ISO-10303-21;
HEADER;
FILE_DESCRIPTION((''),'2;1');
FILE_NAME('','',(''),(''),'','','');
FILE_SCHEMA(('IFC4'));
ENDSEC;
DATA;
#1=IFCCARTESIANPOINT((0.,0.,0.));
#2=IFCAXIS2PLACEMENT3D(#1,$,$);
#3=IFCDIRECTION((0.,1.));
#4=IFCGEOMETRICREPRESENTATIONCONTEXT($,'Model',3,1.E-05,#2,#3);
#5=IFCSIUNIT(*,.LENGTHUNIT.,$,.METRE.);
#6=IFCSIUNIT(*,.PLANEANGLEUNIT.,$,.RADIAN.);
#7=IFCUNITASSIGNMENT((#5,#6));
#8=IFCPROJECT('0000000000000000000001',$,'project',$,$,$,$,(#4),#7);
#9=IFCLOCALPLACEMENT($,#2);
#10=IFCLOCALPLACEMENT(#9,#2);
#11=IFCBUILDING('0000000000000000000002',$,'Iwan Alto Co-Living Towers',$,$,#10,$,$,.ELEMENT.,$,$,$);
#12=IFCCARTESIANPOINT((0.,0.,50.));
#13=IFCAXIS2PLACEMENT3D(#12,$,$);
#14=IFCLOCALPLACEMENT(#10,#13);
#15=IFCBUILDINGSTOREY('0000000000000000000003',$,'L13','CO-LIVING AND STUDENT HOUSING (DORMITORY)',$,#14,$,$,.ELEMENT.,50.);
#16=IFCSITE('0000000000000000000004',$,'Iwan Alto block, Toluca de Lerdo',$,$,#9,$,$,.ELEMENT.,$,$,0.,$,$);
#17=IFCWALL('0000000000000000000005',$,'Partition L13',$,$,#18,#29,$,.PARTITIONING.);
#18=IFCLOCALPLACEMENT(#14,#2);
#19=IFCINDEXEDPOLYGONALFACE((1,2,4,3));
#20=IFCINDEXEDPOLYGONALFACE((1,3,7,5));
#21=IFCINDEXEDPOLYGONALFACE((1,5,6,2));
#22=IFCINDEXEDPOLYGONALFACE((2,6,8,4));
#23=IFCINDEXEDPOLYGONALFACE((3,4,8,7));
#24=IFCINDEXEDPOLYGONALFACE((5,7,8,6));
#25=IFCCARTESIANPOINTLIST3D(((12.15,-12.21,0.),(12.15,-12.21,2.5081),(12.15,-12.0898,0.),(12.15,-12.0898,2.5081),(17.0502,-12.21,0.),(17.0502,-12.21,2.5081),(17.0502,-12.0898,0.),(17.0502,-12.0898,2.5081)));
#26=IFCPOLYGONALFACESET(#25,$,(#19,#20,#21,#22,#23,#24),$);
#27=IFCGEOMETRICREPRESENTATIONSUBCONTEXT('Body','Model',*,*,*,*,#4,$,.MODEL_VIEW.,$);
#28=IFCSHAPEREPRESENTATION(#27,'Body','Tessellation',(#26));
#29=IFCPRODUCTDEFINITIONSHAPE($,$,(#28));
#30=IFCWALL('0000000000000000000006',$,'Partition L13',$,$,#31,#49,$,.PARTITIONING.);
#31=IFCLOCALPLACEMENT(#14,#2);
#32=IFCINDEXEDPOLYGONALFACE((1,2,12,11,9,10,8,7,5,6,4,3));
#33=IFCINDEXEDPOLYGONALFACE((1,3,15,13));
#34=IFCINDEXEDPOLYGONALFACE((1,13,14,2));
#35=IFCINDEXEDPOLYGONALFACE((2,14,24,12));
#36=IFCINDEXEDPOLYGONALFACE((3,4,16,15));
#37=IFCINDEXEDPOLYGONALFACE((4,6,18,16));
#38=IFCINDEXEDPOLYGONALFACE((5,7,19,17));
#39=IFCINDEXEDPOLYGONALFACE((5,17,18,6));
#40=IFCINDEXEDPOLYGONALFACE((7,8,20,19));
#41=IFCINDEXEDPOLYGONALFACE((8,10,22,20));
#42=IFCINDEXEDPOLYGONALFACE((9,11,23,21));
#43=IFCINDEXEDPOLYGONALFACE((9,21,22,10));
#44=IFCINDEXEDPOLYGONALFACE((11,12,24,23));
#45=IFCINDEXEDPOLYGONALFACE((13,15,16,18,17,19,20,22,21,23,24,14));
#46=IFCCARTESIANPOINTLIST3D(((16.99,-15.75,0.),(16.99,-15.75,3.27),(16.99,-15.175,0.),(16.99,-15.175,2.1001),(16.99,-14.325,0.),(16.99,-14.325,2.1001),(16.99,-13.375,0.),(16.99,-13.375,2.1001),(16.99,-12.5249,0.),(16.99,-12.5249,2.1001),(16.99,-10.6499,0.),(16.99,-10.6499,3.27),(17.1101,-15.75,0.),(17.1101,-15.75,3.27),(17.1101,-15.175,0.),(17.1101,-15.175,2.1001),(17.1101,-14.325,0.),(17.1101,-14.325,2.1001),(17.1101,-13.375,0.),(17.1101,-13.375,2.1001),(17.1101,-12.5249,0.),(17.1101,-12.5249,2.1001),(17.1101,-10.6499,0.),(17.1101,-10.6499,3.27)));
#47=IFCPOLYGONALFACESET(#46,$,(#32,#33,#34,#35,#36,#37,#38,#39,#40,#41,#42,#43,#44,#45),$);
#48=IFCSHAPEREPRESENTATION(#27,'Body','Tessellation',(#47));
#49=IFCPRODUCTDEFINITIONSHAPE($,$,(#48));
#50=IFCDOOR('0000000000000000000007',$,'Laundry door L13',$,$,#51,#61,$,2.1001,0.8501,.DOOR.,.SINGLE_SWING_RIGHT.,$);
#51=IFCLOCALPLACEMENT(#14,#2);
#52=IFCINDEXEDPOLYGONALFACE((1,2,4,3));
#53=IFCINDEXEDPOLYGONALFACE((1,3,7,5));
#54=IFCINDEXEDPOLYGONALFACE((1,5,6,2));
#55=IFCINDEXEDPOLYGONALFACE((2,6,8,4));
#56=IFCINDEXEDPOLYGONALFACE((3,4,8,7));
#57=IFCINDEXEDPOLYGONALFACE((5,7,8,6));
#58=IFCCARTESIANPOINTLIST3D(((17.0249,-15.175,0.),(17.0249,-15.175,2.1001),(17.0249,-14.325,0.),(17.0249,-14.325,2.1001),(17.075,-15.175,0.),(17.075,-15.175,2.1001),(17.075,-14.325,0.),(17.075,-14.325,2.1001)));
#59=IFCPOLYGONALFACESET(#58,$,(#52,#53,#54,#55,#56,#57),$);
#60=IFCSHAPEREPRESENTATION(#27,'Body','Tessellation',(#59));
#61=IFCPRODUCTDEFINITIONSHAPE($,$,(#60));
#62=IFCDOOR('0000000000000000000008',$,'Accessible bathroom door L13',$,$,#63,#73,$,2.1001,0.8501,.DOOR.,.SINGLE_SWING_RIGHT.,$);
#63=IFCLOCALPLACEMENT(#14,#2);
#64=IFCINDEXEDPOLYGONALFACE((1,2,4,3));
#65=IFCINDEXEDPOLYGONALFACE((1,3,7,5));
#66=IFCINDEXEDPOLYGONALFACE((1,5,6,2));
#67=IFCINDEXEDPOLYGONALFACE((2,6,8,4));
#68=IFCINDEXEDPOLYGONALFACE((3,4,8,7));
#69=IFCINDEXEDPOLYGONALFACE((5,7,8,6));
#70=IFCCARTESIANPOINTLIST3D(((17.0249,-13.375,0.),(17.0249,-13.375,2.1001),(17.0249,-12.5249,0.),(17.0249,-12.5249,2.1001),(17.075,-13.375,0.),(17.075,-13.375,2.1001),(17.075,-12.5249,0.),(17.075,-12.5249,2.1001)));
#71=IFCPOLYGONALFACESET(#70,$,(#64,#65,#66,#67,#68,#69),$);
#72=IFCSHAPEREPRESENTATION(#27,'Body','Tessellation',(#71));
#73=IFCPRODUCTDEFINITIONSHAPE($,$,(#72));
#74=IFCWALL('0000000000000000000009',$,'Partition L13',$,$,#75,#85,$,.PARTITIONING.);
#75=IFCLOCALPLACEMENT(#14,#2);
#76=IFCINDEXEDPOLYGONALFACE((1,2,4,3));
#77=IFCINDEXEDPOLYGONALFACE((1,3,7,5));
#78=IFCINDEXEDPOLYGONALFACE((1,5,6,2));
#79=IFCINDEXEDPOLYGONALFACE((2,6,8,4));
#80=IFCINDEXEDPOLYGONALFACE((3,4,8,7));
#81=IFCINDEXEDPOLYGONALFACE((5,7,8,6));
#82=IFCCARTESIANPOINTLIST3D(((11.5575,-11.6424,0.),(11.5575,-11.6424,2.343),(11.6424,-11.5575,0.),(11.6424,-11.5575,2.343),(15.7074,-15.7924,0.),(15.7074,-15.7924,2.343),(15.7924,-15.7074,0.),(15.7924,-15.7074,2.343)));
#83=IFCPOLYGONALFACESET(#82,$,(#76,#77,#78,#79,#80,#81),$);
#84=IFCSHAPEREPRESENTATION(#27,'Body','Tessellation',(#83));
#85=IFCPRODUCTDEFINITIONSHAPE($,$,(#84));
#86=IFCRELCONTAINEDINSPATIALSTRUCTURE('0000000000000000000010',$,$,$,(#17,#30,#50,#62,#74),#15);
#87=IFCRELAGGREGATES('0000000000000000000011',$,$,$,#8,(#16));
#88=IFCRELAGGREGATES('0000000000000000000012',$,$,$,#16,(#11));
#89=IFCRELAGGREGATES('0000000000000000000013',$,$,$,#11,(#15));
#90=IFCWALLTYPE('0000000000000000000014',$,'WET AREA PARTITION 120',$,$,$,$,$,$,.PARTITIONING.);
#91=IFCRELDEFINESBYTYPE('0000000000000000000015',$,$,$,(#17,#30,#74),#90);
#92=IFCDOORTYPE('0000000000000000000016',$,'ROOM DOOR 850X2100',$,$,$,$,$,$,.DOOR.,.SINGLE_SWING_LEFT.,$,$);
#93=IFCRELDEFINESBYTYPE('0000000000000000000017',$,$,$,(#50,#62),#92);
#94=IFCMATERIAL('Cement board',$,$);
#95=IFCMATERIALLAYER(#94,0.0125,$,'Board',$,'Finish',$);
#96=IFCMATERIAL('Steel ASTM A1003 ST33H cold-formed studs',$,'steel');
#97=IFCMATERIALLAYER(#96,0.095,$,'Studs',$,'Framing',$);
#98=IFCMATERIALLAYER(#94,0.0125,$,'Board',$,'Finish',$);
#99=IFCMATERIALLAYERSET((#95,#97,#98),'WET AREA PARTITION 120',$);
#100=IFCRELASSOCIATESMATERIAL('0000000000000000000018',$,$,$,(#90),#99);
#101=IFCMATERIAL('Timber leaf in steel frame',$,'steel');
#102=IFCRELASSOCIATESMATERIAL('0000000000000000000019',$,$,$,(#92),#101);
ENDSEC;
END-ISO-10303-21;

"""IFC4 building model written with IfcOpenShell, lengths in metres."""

from ifc_helpers import new_model, si_unit, direction, frame, frame_2d, origin, place, context, subcontext, project, spatial, rectangle, extrude, material, layer, layer_set, type_object, element, fill, save


model = new_model("IFC4")

# Units and contexts
model_context = context("Model", 3, precision=1e-05, world=origin(), true_north=direction((0.0, 1.0)))
body_context = subcontext(model_context, "Body", "Model", "MODEL_VIEW")
ifc_project = project(units=[si_unit("LENGTHUNIT", "METRE"), si_unit("PLANEANGLEUNIT", "RADIAN")], contexts=[model_context])

# Site, building, storey
site_placement = place(None, origin())
site = spatial("IfcSite", under=ifc_project, at=site_placement, Name="Iwan Alto block, Toluca de Lerdo", CompositionType="ELEMENT", RefElevation=0.0)
building_placement = place(site_placement, origin())
building = spatial("IfcBuilding", under=site, at=building_placement, Name="Iwan Alto Co-Living Towers", CompositionType="ELEMENT")
storey_placement = place(building_placement, frame((0.0, 0.0, 50.0)))
storey = spatial("IfcBuildingStorey", under=building, at=storey_placement, Name="L13", Description="CO-LIVING AND STUDENT HOUSING (DORMITORY)", CompositionType="ELEMENT", Elevation=50.0)

# Shared definitions
ifc_material_1 = material(Name="Steel ASTM A1003 ST33H cold-formed studs", Category="steel")

# Wall
ifc_material_2 = material(Name="Cement board")
ifc_layer_1 = layer(ifc_material_2, 0.0125, Name="Board", Category="Finish")
ifc_layer_2 = layer(ifc_material_1, 0.095, Name="Studs", Category="Framing")
ifc_layer_3 = layer(ifc_material_2, 0.0125, Name="Board", Category="Finish")
ifc_layer_set_1 = layer_set([ifc_layer_1, ifc_layer_2, ifc_layer_3], Name="WET AREA PARTITION 120")
wall_type_1 = type_object("IfcWallType", Name="WET AREA PARTITION 120", PredefinedType="PARTITIONING", material=ifc_layer_set_1)
wall_1_placement = place(storey_placement, frame((12.1499, -12.1499, 0.0), z_axis=(0.0, 0.0, 1.0), x_axis=(1.0, 0.0, 0.0)))
element("IfcWall", 1, at=wall_1_placement, inside=storey, type_object=wall_type_1, Name="Partition L13", PredefinedType="PARTITIONING", context=body_context, shape_type="SweptSolid", body=[
    extrude(rectangle(XDim=4.9001, YDim=0.1201, at=frame_2d((2.4502, 0.0))), origin(), (0.0, 0.0, 1.0), 2.5081),
])

# Wall, openings, doors
wall_2_placement = place(storey_placement, frame((17.05, -15.75, 0.0), z_axis=(0.0, 0.0, 1.0), x_axis=(0.0, 1.0, 0.0)))
wall_2 = element("IfcWall", 2, at=wall_2_placement, inside=storey, type_object=wall_type_1, Name="Partition L13", PredefinedType="PARTITIONING", context=body_context, shape_type="SweptSolid", body=[
    extrude(rectangle(XDim=5.1001, YDim=0.1201, at=frame_2d((2.55, 0.0))), origin(), (0.0, 0.0, 1.0), 3.27),
])
opening_1_placement = place(wall_2_placement, frame((0.575, 0.0, 0.0)))
opening_1 = element("IfcOpeningElement", 3, at=opening_1_placement, cuts=wall_2, PredefinedType="OPENING", context=body_context, shape_type="SweptSolid", body=[
    extrude(rectangle(XDim=0.8501, YDim=2.1001, at=frame_2d((0.425, 1.05))), frame((0.0, 0.0701, 0.0), z_axis=(0.0, -1.0, 0.0), x_axis=(1.0, 0.0, 0.0)), (0.0, 0.0, 1.0), 0.1401),
])
opening_2_placement = place(wall_2_placement, frame((2.375, 0.0, 0.0)))
opening_2 = element("IfcOpeningElement", 4, at=opening_2_placement, cuts=wall_2, PredefinedType="OPENING", context=body_context, shape_type="SweptSolid", body=[
    extrude(rectangle(XDim=0.8501, YDim=2.1001, at=frame_2d((0.425, 1.05))), frame((0.0, 0.0701, 0.0), z_axis=(0.0, -1.0, 0.0), x_axis=(1.0, 0.0, 0.0)), (0.0, 0.0, 1.0), 0.1401),
])
ifc_material_3 = material(Name="Timber leaf in steel frame", Category="steel")
door_type_1 = type_object("IfcDoorType", Name="ROOM DOOR 850X2100", OperationType="SINGLE_SWING_LEFT", PredefinedType="DOOR", material=ifc_material_3)
door_1_placement = place(opening_1_placement, frame((0.8501, 0.0, 0.0), z_axis=(0.0, 0.0, 1.0), x_axis=(-1.0, 0.0, 0.0)))
door_1 = element("IfcDoor", 5, at=door_1_placement, inside=storey, type_object=door_type_1, Name="Laundry door L13", OperationType="SINGLE_SWING_RIGHT", OverallHeight=2.1001, OverallWidth=0.8501, PredefinedType="DOOR", context=body_context, shape_type="SweptSolid", body=[
    extrude(rectangle(XDim=0.8501, YDim=2.1001, at=frame_2d((0.425, 1.05))), frame((0.0, 0.0249, 0.0), z_axis=(0.0, -1.0, 0.0), x_axis=(1.0, 0.0, 0.0)), (0.0, 0.0, 1.0), 0.05),
])
fill(opening_1, door_1)
door_2_placement = place(opening_2_placement, frame((0.8501, 0.0, 0.0), z_axis=(0.0, 0.0, 1.0), x_axis=(-1.0, 0.0, 0.0)))
door_2 = element("IfcDoor", 6, at=door_2_placement, inside=storey, type_object=door_type_1, Name="Accessible bathroom door L13", OperationType="SINGLE_SWING_RIGHT", OverallHeight=2.1001, OverallWidth=0.8501, PredefinedType="DOOR", context=body_context, shape_type="SweptSolid", body=[
    extrude(rectangle(XDim=0.8501, YDim=2.1001, at=frame_2d((0.425, 1.05))), frame((0.0, 0.0249, 0.0), z_axis=(0.0, -1.0, 0.0), x_axis=(1.0, 0.0, 0.0)), (0.0, 0.0, 1.0), 0.05),
])
fill(opening_2, door_2)

# Wall
wall_3_placement = place(storey_placement, frame((15.75, -15.75, 0.0), z_axis=(0.0, 0.0, 1.0), x_axis=(-0.707107, 0.707107, 0.0)))
element("IfcWall", 7, at=wall_3_placement, inside=storey, type_object=wall_type_1, Name="Partition L13", PredefinedType="PARTITIONING", context=body_context, shape_type="SweptSolid", body=[
    extrude(rectangle(XDim=5.8689, YDim=0.1201, at=frame_2d((2.9346, 0.0))), origin(), (0.0, 0.0, 1.0), 2.343),
])

save(model, "model.ifc")
